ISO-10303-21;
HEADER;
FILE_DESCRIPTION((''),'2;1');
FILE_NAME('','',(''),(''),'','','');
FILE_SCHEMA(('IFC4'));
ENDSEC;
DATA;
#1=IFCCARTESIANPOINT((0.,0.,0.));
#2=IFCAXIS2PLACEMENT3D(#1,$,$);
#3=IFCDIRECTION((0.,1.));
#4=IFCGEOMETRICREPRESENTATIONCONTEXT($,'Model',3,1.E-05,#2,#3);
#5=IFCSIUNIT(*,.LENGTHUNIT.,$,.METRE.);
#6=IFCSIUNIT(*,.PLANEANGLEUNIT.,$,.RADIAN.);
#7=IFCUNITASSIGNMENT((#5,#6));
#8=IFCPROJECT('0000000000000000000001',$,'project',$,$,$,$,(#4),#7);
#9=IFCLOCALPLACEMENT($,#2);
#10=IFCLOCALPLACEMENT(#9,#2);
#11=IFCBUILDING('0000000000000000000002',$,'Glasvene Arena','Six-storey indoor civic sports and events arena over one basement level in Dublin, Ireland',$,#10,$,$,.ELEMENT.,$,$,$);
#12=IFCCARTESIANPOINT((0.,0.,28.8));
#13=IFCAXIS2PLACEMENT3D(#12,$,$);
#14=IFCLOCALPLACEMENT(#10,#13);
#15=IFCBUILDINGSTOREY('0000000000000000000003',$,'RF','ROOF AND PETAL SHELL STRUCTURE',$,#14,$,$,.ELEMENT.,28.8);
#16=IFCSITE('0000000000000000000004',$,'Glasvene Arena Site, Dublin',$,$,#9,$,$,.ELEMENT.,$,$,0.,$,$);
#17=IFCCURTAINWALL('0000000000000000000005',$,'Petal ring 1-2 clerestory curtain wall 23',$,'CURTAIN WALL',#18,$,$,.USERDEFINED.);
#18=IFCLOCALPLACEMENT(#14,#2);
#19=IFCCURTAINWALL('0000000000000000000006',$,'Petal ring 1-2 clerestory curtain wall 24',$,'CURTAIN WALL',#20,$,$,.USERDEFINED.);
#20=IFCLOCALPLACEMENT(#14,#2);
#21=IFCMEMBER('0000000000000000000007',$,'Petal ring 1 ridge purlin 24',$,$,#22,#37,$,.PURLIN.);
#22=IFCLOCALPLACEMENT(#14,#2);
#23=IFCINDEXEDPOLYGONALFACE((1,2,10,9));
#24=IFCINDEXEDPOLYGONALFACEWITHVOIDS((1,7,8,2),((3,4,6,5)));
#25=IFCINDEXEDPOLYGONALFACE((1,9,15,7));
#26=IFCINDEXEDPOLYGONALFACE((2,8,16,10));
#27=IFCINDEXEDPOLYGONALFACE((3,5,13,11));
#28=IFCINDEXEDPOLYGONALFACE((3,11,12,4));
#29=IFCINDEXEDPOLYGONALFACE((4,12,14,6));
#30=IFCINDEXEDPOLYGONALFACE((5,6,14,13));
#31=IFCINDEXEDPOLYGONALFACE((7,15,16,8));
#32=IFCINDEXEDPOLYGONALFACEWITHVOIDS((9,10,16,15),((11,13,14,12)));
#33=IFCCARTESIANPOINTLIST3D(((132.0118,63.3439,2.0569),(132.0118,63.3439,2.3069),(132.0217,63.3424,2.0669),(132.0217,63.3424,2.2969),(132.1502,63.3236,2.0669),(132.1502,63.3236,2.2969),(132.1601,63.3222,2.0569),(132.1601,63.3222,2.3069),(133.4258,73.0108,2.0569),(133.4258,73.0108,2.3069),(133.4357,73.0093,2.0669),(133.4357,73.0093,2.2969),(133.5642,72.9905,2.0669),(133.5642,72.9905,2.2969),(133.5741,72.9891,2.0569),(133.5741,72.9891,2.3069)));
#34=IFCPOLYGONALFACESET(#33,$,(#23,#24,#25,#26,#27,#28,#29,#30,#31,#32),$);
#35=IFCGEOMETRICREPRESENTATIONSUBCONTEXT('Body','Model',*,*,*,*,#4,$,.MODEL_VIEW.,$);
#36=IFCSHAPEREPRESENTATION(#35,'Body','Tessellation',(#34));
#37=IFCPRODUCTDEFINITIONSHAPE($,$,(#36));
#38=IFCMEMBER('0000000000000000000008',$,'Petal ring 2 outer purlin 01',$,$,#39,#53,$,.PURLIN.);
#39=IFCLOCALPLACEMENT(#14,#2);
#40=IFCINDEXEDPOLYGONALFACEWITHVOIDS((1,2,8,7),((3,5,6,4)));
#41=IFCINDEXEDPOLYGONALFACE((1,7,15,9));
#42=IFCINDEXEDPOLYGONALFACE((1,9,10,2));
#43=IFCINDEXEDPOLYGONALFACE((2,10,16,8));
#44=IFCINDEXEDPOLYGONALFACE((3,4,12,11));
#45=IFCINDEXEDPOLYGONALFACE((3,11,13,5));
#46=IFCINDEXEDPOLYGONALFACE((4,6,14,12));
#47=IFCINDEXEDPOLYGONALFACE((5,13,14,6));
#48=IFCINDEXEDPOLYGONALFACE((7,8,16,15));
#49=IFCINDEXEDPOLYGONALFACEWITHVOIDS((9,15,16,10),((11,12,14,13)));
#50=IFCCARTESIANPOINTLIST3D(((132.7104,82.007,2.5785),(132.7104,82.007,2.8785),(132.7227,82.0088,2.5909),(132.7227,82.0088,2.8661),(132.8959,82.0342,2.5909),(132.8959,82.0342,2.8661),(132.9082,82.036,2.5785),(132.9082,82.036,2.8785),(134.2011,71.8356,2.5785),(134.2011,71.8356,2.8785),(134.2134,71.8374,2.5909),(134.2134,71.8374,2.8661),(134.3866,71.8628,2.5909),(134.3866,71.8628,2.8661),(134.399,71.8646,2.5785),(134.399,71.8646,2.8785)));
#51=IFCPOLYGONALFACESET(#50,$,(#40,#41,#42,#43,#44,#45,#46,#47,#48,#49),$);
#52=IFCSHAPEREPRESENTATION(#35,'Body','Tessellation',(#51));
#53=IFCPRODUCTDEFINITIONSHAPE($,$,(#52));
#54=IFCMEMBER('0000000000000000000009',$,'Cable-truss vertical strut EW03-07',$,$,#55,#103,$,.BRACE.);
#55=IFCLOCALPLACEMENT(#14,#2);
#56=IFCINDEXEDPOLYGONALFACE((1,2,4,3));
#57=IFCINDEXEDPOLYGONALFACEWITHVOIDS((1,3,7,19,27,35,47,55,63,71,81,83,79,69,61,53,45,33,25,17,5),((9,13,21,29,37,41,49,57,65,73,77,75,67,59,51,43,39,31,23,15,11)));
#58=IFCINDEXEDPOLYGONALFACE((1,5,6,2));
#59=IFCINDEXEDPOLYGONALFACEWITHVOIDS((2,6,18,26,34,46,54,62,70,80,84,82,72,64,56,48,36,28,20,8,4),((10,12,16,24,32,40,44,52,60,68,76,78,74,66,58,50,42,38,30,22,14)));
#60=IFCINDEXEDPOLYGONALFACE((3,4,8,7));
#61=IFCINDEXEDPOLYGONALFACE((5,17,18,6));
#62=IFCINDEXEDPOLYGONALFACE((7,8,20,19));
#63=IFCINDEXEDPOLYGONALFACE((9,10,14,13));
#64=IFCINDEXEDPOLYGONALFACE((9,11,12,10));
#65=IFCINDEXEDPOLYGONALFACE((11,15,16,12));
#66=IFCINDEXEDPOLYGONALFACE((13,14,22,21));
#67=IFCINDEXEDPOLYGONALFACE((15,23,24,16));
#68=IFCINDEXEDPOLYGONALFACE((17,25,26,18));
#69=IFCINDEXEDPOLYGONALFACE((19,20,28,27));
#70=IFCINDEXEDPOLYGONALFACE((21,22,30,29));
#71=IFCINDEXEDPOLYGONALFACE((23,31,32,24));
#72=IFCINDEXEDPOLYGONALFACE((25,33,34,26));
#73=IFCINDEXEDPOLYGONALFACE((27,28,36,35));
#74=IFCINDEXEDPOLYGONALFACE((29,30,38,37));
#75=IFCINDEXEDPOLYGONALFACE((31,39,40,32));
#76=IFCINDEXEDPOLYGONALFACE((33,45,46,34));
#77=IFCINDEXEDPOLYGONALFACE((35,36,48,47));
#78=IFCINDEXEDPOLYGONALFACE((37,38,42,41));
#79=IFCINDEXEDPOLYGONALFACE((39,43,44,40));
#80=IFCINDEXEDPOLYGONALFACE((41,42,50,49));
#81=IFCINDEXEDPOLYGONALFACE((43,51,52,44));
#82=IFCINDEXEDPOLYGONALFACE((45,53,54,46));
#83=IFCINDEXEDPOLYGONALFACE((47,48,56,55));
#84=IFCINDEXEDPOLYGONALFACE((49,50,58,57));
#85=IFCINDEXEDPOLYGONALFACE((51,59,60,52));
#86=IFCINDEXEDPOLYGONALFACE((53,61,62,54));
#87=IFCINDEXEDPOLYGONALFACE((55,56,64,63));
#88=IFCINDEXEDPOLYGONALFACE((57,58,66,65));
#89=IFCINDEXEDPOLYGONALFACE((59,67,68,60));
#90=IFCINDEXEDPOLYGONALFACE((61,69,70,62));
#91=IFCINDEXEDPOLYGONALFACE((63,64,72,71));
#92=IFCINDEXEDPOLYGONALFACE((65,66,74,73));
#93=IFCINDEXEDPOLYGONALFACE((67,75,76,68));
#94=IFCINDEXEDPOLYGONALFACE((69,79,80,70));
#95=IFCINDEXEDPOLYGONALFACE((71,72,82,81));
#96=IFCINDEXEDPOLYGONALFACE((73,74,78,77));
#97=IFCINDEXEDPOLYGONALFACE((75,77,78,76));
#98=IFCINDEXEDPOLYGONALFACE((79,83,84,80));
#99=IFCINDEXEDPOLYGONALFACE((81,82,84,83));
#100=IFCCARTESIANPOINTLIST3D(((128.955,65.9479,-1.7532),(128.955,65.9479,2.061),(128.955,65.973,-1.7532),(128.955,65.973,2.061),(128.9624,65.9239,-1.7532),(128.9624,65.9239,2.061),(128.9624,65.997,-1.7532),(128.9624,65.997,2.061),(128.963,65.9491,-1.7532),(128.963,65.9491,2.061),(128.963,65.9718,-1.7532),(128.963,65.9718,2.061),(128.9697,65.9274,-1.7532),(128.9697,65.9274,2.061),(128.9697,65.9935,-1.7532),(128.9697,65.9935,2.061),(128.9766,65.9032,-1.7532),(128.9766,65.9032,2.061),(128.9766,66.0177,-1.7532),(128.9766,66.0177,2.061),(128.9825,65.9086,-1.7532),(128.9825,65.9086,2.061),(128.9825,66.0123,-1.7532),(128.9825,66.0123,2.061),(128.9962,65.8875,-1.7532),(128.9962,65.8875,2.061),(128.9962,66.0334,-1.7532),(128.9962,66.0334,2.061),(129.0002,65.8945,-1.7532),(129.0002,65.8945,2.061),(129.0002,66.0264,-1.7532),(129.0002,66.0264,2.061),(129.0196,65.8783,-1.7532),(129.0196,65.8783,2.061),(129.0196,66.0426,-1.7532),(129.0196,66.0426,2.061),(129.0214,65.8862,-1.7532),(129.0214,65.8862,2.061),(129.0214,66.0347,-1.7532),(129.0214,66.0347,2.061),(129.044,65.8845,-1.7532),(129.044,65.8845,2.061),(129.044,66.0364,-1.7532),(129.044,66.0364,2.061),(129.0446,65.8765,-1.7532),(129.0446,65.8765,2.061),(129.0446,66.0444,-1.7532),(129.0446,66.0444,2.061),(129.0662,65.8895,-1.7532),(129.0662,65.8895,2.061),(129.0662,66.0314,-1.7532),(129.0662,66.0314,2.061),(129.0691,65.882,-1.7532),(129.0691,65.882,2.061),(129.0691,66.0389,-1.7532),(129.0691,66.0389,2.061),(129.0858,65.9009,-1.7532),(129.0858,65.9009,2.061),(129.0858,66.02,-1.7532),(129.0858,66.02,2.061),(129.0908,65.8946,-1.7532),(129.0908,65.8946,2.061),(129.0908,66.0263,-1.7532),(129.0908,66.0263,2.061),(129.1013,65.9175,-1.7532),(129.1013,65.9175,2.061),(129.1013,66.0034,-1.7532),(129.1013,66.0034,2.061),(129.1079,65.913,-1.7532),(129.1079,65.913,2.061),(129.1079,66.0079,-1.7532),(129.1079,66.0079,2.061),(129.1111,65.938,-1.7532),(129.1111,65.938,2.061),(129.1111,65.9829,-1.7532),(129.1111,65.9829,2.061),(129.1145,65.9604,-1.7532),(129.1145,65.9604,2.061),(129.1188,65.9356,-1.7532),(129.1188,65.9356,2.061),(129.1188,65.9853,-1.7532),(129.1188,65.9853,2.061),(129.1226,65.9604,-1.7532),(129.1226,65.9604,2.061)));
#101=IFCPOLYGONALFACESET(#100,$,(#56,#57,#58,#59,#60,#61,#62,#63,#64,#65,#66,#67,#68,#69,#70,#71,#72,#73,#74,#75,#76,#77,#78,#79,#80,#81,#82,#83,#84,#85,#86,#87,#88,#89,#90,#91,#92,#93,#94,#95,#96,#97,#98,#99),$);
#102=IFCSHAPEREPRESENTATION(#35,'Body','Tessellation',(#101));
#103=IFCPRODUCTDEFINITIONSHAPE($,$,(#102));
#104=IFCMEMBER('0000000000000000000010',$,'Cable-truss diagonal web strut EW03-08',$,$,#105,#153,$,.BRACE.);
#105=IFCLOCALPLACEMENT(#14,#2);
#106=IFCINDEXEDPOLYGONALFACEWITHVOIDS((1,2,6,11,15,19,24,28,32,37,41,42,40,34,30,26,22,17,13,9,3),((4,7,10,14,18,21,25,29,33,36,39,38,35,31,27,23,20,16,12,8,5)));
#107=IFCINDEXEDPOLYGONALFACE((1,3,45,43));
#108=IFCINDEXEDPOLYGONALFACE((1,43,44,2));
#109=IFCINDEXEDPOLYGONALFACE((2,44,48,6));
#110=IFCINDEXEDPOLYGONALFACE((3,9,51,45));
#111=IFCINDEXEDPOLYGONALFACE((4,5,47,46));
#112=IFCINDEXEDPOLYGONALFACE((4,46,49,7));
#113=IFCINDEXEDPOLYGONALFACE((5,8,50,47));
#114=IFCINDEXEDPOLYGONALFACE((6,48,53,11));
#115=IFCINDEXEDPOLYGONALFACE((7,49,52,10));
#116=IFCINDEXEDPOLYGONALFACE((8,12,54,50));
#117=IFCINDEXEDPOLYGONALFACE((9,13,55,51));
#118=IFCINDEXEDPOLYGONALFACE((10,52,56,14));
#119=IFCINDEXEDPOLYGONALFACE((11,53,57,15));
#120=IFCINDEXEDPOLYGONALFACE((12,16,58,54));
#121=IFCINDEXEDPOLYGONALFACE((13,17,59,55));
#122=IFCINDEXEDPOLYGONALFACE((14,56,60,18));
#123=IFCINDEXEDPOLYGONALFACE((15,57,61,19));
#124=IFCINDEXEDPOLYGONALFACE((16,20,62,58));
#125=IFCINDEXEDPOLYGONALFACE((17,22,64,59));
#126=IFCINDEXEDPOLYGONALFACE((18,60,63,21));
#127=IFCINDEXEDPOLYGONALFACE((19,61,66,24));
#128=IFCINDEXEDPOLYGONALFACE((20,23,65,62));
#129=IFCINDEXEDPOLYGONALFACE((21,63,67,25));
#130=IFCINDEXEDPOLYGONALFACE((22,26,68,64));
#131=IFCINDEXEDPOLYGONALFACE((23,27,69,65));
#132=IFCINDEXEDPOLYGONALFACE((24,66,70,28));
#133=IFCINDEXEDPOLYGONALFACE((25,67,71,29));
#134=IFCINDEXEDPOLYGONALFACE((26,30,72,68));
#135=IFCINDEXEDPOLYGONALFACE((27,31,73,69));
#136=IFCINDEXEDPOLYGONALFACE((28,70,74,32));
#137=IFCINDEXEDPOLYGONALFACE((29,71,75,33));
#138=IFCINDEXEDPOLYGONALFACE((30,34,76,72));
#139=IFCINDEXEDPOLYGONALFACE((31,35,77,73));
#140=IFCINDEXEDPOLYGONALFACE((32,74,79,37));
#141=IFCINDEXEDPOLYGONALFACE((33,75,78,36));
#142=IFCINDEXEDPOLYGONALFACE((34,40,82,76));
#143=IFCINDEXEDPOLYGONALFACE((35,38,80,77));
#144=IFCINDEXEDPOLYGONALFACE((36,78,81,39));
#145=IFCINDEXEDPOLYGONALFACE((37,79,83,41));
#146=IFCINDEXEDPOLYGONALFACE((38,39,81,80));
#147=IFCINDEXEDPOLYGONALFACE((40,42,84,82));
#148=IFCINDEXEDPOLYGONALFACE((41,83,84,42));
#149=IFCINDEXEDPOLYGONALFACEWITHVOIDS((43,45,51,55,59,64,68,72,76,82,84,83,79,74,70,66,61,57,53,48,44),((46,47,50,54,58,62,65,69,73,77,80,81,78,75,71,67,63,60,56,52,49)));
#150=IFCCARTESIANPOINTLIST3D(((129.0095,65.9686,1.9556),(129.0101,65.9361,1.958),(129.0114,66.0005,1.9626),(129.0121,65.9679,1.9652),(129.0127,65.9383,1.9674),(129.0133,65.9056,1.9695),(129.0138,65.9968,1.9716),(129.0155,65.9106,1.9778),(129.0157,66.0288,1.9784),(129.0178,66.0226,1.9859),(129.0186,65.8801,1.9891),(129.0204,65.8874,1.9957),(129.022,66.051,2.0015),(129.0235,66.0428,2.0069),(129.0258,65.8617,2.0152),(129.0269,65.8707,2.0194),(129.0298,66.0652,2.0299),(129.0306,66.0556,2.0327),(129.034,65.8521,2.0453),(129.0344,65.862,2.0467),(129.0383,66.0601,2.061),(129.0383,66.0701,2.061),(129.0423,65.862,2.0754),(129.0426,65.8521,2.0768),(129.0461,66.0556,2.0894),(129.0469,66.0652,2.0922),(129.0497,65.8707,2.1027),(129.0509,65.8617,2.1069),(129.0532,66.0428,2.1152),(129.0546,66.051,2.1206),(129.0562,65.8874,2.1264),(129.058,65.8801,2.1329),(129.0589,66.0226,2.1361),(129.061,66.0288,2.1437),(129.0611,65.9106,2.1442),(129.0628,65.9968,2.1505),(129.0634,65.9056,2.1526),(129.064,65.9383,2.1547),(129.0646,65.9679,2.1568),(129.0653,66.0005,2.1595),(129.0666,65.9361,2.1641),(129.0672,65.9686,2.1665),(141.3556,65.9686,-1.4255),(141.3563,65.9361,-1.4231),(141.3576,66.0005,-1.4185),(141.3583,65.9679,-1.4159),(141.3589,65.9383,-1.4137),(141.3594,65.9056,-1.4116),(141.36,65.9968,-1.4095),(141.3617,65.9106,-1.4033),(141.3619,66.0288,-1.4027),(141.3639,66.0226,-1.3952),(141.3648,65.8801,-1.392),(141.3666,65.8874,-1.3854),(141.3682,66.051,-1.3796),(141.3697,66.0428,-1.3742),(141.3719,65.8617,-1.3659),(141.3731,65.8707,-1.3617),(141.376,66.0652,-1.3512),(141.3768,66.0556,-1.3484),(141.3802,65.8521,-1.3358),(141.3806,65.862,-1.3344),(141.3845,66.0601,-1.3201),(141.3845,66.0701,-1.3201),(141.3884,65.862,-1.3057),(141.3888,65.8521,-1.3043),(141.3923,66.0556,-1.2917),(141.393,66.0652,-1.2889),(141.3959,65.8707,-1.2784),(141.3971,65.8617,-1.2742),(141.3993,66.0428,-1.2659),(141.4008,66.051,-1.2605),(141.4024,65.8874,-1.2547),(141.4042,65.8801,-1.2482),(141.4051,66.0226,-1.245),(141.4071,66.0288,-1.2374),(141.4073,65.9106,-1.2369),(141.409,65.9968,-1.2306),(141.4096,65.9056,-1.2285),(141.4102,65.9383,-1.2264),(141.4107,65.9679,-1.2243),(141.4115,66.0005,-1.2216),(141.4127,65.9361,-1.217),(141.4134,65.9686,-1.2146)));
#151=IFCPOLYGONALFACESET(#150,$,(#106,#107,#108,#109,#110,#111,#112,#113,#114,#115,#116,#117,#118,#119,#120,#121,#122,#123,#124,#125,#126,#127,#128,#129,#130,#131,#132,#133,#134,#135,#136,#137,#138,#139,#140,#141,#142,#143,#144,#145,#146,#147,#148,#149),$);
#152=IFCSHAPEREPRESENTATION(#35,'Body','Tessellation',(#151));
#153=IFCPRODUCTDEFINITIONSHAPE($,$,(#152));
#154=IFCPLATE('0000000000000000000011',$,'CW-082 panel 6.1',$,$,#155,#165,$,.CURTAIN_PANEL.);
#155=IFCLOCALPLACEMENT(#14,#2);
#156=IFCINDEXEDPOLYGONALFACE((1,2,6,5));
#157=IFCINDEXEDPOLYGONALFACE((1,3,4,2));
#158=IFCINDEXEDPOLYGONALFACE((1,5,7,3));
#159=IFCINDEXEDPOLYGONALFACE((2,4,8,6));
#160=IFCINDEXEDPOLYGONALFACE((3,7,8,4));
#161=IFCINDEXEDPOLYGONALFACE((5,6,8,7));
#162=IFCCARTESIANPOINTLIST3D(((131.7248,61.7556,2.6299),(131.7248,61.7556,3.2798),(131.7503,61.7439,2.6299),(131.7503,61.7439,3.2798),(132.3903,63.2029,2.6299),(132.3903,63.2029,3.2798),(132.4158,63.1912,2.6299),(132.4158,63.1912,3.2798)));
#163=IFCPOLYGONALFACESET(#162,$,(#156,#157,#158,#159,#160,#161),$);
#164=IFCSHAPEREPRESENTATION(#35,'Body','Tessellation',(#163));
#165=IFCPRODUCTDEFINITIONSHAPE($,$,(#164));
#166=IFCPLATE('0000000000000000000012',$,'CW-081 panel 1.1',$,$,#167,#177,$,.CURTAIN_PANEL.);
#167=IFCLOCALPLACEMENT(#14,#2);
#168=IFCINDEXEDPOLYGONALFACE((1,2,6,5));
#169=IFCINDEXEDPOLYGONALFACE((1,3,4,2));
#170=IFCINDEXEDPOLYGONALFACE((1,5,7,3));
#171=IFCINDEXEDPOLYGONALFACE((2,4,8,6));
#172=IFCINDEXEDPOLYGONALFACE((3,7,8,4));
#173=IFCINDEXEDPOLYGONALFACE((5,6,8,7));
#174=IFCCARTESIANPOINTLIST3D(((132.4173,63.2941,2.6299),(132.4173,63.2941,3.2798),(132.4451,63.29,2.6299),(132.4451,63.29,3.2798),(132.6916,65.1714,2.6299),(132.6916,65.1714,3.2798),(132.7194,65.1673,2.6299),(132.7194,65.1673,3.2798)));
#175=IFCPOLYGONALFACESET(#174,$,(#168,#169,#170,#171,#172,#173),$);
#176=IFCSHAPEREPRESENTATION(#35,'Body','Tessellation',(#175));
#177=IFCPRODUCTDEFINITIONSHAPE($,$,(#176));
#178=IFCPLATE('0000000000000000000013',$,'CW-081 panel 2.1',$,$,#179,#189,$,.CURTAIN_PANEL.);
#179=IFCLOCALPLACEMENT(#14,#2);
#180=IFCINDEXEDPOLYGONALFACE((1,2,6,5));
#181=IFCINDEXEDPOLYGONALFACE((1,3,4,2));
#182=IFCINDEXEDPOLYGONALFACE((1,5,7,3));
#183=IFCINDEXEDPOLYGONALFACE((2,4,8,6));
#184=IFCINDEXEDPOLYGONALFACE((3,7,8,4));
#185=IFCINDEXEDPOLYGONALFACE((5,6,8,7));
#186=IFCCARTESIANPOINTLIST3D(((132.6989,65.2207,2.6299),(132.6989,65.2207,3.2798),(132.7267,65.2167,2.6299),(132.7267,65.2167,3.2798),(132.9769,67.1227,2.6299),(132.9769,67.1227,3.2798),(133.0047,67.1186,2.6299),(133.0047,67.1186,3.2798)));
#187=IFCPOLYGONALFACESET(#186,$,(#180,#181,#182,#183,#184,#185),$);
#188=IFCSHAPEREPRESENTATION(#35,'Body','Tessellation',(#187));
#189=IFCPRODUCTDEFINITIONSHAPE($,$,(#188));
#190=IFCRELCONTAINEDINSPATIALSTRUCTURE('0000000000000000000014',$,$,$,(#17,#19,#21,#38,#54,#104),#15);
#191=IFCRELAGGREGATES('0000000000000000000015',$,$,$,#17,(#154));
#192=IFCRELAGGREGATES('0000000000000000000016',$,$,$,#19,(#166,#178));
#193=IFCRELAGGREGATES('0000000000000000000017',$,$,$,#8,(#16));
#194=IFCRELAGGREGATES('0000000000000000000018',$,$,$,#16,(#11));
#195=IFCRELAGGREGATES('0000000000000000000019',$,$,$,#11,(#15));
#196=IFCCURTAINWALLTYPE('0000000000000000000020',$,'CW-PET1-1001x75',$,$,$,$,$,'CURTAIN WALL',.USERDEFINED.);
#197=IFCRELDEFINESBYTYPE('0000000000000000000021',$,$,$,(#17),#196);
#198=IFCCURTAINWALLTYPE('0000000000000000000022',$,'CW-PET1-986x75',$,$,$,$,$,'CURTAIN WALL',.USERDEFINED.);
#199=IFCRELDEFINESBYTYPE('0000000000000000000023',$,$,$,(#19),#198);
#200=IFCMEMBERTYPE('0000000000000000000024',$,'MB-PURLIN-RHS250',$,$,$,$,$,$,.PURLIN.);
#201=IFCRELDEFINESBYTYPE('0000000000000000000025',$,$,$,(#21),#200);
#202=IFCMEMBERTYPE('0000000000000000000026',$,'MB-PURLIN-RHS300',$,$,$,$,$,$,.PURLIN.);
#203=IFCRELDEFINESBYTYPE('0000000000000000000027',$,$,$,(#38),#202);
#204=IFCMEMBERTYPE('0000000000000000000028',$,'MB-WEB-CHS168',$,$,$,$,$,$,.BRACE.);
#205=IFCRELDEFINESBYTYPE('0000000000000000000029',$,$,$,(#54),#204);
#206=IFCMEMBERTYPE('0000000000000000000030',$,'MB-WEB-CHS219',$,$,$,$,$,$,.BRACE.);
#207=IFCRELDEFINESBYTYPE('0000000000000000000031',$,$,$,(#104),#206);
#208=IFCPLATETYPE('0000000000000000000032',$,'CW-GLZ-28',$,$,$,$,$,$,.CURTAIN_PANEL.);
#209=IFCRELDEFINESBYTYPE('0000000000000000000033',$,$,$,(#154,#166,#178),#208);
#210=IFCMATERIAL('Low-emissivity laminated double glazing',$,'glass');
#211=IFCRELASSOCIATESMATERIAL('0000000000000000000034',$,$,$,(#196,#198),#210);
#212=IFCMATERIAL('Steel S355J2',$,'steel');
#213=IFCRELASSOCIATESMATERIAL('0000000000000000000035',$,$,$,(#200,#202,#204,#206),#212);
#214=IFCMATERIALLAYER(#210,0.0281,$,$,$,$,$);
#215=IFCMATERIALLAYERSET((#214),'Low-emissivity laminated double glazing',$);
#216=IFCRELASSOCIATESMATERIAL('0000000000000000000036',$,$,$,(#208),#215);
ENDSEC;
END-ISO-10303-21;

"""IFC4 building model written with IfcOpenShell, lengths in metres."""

from ifc_helpers import new_model, si_unit, direction, frame, origin, origin_2d, place, context, subcontext, project, spatial, rectangle, hollow_rectangle, hollow_circle, extrude, material, layer, layer_set, material_profile, profile_set, type_object, element, aggregate, save


model = new_model("IFC4")

# Units and contexts
model_context = context("Model", 3, precision=1e-05, world=origin(), true_north=direction((0.0, 1.0)))
body_context = subcontext(model_context, "Body", "Model", "MODEL_VIEW")
ifc_project = project(units=[si_unit("LENGTHUNIT", "METRE"), si_unit("PLANEANGLEUNIT", "RADIAN")], contexts=[model_context])

# Site, building, storey
site_placement = place(None, origin())
site = spatial("IfcSite", under=ifc_project, at=site_placement, Name="Glasvene Arena Site, Dublin", CompositionType="ELEMENT", RefElevation=0.0)
building_placement = place(site_placement, origin())
building = spatial("IfcBuilding", under=site, at=building_placement, Name="Glasvene Arena", Description="Six-storey indoor civic sports and events arena over one basement level in Dublin, Ireland", CompositionType="ELEMENT")
storey_placement = place(building_placement, frame((0.0, 0.0, 28.8)))
storey = spatial("IfcBuildingStorey", under=building, at=storey_placement, Name="RF", Description="ROOF AND PETAL SHELL STRUCTURE", CompositionType="ELEMENT", Elevation=28.8)

# Curtain wall
ifc_material_1 = material(Name="Low-emissivity laminated double glazing", Category="glass")
curtain_wall_type_1 = type_object("IfcCurtainWallType", Name="CW-PET1-1001x75", ElementType="CURTAIN WALL", PredefinedType="USERDEFINED", material=ifc_material_1)
curtain_wall_1_placement = place(storey_placement, frame((128.2432, 54.1499, 0.0)))
curtain_wall_1 = element("IfcCurtainWall", 1, at=curtain_wall_1_placement, inside=storey, type_object=curtain_wall_type_1, Name="Petal ring 1-2 clerestory curtain wall 23", ObjectType="CURTAIN WALL", PredefinedType="USERDEFINED")

# Curtain wall
curtain_wall_type_2 = type_object("IfcCurtainWallType", Name="CW-PET1-986x75", ElementType="CURTAIN WALL", PredefinedType="USERDEFINED", material=ifc_material_1)
curtain_wall_2_placement = place(storey_placement, frame((132.4241, 63.2424, 0.0)))
curtain_wall_2 = element("IfcCurtainWall", 2, at=curtain_wall_2_placement, inside=storey, type_object=curtain_wall_type_2, Name="Petal ring 1-2 clerestory curtain wall 24", ObjectType="CURTAIN WALL", PredefinedType="USERDEFINED")

# Members
ifc_material_2 = material(Name="Steel S355J2", Category="steel")
ifc_material_profile_1 = material_profile(ifc_material_2, hollow_rectangle(XDim=0.1499, YDim=0.25, WallThickness=0.01, at=origin_2d()), Name="RHS 250x150x10.0")
ifc_profile_set_1 = profile_set([ifc_material_profile_1], Name="Steel S355J2")
member_type_1 = type_object("IfcMemberType", Name="MB-PURLIN-RHS250", PredefinedType="PURLIN", material=ifc_profile_set_1)
member_1_placement = place(storey_placement, frame((132.0859, 63.333, 2.1819), z_axis=(0.144737, 0.98947, 0.0), x_axis=(-0.98947, 0.144737, 0.0)))
element("IfcMember", 3, at=member_1_placement, inside=storey, type_object=member_type_1, Name="Petal ring 1 ridge purlin 24", PredefinedType="PURLIN", context=body_context, shape_type="SweptSolid", body=[
    extrude(hollow_rectangle(XDim=0.1499, YDim=0.25, WallThickness=0.01, at=origin_2d()), origin(), (0.0, 0.0, 1.0), 9.7698),
])
ifc_material_profile_2 = material_profile(ifc_material_2, hollow_rectangle(XDim=0.2, YDim=0.3, WallThickness=0.0125, at=origin_2d()), Name="RHS 300x200x12.5")
ifc_profile_set_2 = profile_set([ifc_material_profile_2], Name="Steel S355J2")
member_type_2 = type_object("IfcMemberType", Name="MB-PURLIN-RHS300", PredefinedType="PURLIN", material=ifc_profile_set_2)
member_2_placement = place(storey_placement, frame((134.3, 71.8501, 2.7285), z_axis=(-0.145011, 0.98943, 0.0), x_axis=(-0.98943, -0.145011, 0.0)))
element("IfcMember", 4, at=member_2_placement, inside=storey, type_object=member_type_2, Name="Petal ring 2 outer purlin 01", PredefinedType="PURLIN", context=body_context, shape_type="SweptSolid", body=[
    extrude(hollow_rectangle(XDim=0.2, YDim=0.3, WallThickness=0.0125, at=origin_2d()), origin(), (0.0, 0.0, 1.0), 10.28),
])
ifc_material_profile_3 = material_profile(ifc_material_2, hollow_circle(Radius=0.0842, WallThickness=0.0081, at=origin_2d()), Name="CHS 168.3x8.0")
ifc_profile_set_3 = profile_set([ifc_material_profile_3], Name="Steel S355J2")
member_type_3 = type_object("IfcMemberType", Name="MB-WEB-CHS168", PredefinedType="BRACE", material=ifc_profile_set_3)
member_3_placement = place(storey_placement, frame((129.0383, 65.9604, -1.7532), z_axis=(0.0, 0.0, 1.0), x_axis=(1.0, 0.0, 0.0)))
element("IfcMember", 5, at=member_3_placement, inside=storey, type_object=member_type_3, Name="Cable-truss vertical strut EW03-07", PredefinedType="BRACE", context=body_context, shape_type="SweptSolid", body=[
    extrude(hollow_circle(Radius=0.0842, WallThickness=0.0081, at=origin_2d()), origin(), (0.0, 0.0, 1.0), 3.8142),
])
ifc_material_profile_4 = material_profile(ifc_material_2, hollow_circle(Radius=0.1096, WallThickness=0.01, at=origin_2d()), Name="CHS 219.1x10.0")
ifc_profile_set_4 = profile_set([ifc_material_profile_4], Name="Steel S355J2")
member_type_4 = type_object("IfcMemberType", Name="MB-WEB-CHS219", PredefinedType="BRACE", material=ifc_profile_set_4)
member_4_placement = place(storey_placement, frame((129.0383, 65.9604, 2.061), z_axis=(0.964486, 0.0, -0.264132), x_axis=(0.0, 1.0, 0.0)))
element("IfcMember", 6, at=member_4_placement, inside=storey, type_object=member_type_4, Name="Cable-truss diagonal web strut EW03-08", PredefinedType="BRACE", context=body_context, shape_type="SweptSolid", body=[
    extrude(hollow_circle(Radius=0.1096, WallThickness=0.01, at=origin_2d()), origin(), (0.0, 0.0, 1.0), 12.8008),
])

# Plates
ifc_layer_1 = layer(ifc_material_1, 0.0281)
ifc_layer_set_1 = layer_set([ifc_layer_1], Name="Low-emissivity laminated double glazing")
plate_type = type_object("IfcPlateType", Name="CW-GLZ-28", PredefinedType="CURTAIN_PANEL", material=ifc_layer_set_1)
plate_1_placement = place(storey_placement, frame((132.0703, 62.4734, 2.6299), z_axis=(0.0, 0.0, 1.0), x_axis=(0.417761, 0.908557, 0.0)))
plate_1 = element("IfcPlate", 7, at=plate_1_placement, type_object=plate_type, Name="CW-082 panel 6.1", PredefinedType="CURTAIN_PANEL", context=body_context, shape_type="SweptSolid", body=[
    extrude(rectangle(XDim=1.593, YDim=0.0281, at=origin_2d()), origin(), (0.0, 0.0, 1.0), 0.6499),
])
aggregate(curtain_wall_1, [plate_1])
plate_2_placement = place(storey_placement, frame((132.5684, 64.2307, 2.6299), z_axis=(0.0, 0.0, 1.0), x_axis=(0.144608, 0.989489, 0.0)))
plate_2 = element("IfcPlate", 8, at=plate_2_placement, type_object=plate_type, Name="CW-081 panel 1.1", PredefinedType="CURTAIN_PANEL", context=body_context, shape_type="SweptSolid", body=[
    extrude(rectangle(XDim=1.8972, YDim=0.0281, at=origin_2d()), origin(), (0.0, 0.0, 1.0), 0.6499),
])
plate_3_placement = place(storey_placement, frame((132.8518, 66.1697, 2.6299), z_axis=(0.0, 0.0, 1.0), x_axis=(0.144608, 0.989489, 0.0)))
plate_3 = element("IfcPlate", 9, at=plate_3_placement, type_object=plate_type, Name="CW-081 panel 2.1", PredefinedType="CURTAIN_PANEL", context=body_context, shape_type="SweptSolid", body=[
    extrude(rectangle(XDim=1.9221, YDim=0.0281, at=origin_2d()), origin(), (0.0, 0.0, 1.0), 0.6499),
])
aggregate(curtain_wall_2, [plate_2, plate_3])

save(model, "model.ifc")
